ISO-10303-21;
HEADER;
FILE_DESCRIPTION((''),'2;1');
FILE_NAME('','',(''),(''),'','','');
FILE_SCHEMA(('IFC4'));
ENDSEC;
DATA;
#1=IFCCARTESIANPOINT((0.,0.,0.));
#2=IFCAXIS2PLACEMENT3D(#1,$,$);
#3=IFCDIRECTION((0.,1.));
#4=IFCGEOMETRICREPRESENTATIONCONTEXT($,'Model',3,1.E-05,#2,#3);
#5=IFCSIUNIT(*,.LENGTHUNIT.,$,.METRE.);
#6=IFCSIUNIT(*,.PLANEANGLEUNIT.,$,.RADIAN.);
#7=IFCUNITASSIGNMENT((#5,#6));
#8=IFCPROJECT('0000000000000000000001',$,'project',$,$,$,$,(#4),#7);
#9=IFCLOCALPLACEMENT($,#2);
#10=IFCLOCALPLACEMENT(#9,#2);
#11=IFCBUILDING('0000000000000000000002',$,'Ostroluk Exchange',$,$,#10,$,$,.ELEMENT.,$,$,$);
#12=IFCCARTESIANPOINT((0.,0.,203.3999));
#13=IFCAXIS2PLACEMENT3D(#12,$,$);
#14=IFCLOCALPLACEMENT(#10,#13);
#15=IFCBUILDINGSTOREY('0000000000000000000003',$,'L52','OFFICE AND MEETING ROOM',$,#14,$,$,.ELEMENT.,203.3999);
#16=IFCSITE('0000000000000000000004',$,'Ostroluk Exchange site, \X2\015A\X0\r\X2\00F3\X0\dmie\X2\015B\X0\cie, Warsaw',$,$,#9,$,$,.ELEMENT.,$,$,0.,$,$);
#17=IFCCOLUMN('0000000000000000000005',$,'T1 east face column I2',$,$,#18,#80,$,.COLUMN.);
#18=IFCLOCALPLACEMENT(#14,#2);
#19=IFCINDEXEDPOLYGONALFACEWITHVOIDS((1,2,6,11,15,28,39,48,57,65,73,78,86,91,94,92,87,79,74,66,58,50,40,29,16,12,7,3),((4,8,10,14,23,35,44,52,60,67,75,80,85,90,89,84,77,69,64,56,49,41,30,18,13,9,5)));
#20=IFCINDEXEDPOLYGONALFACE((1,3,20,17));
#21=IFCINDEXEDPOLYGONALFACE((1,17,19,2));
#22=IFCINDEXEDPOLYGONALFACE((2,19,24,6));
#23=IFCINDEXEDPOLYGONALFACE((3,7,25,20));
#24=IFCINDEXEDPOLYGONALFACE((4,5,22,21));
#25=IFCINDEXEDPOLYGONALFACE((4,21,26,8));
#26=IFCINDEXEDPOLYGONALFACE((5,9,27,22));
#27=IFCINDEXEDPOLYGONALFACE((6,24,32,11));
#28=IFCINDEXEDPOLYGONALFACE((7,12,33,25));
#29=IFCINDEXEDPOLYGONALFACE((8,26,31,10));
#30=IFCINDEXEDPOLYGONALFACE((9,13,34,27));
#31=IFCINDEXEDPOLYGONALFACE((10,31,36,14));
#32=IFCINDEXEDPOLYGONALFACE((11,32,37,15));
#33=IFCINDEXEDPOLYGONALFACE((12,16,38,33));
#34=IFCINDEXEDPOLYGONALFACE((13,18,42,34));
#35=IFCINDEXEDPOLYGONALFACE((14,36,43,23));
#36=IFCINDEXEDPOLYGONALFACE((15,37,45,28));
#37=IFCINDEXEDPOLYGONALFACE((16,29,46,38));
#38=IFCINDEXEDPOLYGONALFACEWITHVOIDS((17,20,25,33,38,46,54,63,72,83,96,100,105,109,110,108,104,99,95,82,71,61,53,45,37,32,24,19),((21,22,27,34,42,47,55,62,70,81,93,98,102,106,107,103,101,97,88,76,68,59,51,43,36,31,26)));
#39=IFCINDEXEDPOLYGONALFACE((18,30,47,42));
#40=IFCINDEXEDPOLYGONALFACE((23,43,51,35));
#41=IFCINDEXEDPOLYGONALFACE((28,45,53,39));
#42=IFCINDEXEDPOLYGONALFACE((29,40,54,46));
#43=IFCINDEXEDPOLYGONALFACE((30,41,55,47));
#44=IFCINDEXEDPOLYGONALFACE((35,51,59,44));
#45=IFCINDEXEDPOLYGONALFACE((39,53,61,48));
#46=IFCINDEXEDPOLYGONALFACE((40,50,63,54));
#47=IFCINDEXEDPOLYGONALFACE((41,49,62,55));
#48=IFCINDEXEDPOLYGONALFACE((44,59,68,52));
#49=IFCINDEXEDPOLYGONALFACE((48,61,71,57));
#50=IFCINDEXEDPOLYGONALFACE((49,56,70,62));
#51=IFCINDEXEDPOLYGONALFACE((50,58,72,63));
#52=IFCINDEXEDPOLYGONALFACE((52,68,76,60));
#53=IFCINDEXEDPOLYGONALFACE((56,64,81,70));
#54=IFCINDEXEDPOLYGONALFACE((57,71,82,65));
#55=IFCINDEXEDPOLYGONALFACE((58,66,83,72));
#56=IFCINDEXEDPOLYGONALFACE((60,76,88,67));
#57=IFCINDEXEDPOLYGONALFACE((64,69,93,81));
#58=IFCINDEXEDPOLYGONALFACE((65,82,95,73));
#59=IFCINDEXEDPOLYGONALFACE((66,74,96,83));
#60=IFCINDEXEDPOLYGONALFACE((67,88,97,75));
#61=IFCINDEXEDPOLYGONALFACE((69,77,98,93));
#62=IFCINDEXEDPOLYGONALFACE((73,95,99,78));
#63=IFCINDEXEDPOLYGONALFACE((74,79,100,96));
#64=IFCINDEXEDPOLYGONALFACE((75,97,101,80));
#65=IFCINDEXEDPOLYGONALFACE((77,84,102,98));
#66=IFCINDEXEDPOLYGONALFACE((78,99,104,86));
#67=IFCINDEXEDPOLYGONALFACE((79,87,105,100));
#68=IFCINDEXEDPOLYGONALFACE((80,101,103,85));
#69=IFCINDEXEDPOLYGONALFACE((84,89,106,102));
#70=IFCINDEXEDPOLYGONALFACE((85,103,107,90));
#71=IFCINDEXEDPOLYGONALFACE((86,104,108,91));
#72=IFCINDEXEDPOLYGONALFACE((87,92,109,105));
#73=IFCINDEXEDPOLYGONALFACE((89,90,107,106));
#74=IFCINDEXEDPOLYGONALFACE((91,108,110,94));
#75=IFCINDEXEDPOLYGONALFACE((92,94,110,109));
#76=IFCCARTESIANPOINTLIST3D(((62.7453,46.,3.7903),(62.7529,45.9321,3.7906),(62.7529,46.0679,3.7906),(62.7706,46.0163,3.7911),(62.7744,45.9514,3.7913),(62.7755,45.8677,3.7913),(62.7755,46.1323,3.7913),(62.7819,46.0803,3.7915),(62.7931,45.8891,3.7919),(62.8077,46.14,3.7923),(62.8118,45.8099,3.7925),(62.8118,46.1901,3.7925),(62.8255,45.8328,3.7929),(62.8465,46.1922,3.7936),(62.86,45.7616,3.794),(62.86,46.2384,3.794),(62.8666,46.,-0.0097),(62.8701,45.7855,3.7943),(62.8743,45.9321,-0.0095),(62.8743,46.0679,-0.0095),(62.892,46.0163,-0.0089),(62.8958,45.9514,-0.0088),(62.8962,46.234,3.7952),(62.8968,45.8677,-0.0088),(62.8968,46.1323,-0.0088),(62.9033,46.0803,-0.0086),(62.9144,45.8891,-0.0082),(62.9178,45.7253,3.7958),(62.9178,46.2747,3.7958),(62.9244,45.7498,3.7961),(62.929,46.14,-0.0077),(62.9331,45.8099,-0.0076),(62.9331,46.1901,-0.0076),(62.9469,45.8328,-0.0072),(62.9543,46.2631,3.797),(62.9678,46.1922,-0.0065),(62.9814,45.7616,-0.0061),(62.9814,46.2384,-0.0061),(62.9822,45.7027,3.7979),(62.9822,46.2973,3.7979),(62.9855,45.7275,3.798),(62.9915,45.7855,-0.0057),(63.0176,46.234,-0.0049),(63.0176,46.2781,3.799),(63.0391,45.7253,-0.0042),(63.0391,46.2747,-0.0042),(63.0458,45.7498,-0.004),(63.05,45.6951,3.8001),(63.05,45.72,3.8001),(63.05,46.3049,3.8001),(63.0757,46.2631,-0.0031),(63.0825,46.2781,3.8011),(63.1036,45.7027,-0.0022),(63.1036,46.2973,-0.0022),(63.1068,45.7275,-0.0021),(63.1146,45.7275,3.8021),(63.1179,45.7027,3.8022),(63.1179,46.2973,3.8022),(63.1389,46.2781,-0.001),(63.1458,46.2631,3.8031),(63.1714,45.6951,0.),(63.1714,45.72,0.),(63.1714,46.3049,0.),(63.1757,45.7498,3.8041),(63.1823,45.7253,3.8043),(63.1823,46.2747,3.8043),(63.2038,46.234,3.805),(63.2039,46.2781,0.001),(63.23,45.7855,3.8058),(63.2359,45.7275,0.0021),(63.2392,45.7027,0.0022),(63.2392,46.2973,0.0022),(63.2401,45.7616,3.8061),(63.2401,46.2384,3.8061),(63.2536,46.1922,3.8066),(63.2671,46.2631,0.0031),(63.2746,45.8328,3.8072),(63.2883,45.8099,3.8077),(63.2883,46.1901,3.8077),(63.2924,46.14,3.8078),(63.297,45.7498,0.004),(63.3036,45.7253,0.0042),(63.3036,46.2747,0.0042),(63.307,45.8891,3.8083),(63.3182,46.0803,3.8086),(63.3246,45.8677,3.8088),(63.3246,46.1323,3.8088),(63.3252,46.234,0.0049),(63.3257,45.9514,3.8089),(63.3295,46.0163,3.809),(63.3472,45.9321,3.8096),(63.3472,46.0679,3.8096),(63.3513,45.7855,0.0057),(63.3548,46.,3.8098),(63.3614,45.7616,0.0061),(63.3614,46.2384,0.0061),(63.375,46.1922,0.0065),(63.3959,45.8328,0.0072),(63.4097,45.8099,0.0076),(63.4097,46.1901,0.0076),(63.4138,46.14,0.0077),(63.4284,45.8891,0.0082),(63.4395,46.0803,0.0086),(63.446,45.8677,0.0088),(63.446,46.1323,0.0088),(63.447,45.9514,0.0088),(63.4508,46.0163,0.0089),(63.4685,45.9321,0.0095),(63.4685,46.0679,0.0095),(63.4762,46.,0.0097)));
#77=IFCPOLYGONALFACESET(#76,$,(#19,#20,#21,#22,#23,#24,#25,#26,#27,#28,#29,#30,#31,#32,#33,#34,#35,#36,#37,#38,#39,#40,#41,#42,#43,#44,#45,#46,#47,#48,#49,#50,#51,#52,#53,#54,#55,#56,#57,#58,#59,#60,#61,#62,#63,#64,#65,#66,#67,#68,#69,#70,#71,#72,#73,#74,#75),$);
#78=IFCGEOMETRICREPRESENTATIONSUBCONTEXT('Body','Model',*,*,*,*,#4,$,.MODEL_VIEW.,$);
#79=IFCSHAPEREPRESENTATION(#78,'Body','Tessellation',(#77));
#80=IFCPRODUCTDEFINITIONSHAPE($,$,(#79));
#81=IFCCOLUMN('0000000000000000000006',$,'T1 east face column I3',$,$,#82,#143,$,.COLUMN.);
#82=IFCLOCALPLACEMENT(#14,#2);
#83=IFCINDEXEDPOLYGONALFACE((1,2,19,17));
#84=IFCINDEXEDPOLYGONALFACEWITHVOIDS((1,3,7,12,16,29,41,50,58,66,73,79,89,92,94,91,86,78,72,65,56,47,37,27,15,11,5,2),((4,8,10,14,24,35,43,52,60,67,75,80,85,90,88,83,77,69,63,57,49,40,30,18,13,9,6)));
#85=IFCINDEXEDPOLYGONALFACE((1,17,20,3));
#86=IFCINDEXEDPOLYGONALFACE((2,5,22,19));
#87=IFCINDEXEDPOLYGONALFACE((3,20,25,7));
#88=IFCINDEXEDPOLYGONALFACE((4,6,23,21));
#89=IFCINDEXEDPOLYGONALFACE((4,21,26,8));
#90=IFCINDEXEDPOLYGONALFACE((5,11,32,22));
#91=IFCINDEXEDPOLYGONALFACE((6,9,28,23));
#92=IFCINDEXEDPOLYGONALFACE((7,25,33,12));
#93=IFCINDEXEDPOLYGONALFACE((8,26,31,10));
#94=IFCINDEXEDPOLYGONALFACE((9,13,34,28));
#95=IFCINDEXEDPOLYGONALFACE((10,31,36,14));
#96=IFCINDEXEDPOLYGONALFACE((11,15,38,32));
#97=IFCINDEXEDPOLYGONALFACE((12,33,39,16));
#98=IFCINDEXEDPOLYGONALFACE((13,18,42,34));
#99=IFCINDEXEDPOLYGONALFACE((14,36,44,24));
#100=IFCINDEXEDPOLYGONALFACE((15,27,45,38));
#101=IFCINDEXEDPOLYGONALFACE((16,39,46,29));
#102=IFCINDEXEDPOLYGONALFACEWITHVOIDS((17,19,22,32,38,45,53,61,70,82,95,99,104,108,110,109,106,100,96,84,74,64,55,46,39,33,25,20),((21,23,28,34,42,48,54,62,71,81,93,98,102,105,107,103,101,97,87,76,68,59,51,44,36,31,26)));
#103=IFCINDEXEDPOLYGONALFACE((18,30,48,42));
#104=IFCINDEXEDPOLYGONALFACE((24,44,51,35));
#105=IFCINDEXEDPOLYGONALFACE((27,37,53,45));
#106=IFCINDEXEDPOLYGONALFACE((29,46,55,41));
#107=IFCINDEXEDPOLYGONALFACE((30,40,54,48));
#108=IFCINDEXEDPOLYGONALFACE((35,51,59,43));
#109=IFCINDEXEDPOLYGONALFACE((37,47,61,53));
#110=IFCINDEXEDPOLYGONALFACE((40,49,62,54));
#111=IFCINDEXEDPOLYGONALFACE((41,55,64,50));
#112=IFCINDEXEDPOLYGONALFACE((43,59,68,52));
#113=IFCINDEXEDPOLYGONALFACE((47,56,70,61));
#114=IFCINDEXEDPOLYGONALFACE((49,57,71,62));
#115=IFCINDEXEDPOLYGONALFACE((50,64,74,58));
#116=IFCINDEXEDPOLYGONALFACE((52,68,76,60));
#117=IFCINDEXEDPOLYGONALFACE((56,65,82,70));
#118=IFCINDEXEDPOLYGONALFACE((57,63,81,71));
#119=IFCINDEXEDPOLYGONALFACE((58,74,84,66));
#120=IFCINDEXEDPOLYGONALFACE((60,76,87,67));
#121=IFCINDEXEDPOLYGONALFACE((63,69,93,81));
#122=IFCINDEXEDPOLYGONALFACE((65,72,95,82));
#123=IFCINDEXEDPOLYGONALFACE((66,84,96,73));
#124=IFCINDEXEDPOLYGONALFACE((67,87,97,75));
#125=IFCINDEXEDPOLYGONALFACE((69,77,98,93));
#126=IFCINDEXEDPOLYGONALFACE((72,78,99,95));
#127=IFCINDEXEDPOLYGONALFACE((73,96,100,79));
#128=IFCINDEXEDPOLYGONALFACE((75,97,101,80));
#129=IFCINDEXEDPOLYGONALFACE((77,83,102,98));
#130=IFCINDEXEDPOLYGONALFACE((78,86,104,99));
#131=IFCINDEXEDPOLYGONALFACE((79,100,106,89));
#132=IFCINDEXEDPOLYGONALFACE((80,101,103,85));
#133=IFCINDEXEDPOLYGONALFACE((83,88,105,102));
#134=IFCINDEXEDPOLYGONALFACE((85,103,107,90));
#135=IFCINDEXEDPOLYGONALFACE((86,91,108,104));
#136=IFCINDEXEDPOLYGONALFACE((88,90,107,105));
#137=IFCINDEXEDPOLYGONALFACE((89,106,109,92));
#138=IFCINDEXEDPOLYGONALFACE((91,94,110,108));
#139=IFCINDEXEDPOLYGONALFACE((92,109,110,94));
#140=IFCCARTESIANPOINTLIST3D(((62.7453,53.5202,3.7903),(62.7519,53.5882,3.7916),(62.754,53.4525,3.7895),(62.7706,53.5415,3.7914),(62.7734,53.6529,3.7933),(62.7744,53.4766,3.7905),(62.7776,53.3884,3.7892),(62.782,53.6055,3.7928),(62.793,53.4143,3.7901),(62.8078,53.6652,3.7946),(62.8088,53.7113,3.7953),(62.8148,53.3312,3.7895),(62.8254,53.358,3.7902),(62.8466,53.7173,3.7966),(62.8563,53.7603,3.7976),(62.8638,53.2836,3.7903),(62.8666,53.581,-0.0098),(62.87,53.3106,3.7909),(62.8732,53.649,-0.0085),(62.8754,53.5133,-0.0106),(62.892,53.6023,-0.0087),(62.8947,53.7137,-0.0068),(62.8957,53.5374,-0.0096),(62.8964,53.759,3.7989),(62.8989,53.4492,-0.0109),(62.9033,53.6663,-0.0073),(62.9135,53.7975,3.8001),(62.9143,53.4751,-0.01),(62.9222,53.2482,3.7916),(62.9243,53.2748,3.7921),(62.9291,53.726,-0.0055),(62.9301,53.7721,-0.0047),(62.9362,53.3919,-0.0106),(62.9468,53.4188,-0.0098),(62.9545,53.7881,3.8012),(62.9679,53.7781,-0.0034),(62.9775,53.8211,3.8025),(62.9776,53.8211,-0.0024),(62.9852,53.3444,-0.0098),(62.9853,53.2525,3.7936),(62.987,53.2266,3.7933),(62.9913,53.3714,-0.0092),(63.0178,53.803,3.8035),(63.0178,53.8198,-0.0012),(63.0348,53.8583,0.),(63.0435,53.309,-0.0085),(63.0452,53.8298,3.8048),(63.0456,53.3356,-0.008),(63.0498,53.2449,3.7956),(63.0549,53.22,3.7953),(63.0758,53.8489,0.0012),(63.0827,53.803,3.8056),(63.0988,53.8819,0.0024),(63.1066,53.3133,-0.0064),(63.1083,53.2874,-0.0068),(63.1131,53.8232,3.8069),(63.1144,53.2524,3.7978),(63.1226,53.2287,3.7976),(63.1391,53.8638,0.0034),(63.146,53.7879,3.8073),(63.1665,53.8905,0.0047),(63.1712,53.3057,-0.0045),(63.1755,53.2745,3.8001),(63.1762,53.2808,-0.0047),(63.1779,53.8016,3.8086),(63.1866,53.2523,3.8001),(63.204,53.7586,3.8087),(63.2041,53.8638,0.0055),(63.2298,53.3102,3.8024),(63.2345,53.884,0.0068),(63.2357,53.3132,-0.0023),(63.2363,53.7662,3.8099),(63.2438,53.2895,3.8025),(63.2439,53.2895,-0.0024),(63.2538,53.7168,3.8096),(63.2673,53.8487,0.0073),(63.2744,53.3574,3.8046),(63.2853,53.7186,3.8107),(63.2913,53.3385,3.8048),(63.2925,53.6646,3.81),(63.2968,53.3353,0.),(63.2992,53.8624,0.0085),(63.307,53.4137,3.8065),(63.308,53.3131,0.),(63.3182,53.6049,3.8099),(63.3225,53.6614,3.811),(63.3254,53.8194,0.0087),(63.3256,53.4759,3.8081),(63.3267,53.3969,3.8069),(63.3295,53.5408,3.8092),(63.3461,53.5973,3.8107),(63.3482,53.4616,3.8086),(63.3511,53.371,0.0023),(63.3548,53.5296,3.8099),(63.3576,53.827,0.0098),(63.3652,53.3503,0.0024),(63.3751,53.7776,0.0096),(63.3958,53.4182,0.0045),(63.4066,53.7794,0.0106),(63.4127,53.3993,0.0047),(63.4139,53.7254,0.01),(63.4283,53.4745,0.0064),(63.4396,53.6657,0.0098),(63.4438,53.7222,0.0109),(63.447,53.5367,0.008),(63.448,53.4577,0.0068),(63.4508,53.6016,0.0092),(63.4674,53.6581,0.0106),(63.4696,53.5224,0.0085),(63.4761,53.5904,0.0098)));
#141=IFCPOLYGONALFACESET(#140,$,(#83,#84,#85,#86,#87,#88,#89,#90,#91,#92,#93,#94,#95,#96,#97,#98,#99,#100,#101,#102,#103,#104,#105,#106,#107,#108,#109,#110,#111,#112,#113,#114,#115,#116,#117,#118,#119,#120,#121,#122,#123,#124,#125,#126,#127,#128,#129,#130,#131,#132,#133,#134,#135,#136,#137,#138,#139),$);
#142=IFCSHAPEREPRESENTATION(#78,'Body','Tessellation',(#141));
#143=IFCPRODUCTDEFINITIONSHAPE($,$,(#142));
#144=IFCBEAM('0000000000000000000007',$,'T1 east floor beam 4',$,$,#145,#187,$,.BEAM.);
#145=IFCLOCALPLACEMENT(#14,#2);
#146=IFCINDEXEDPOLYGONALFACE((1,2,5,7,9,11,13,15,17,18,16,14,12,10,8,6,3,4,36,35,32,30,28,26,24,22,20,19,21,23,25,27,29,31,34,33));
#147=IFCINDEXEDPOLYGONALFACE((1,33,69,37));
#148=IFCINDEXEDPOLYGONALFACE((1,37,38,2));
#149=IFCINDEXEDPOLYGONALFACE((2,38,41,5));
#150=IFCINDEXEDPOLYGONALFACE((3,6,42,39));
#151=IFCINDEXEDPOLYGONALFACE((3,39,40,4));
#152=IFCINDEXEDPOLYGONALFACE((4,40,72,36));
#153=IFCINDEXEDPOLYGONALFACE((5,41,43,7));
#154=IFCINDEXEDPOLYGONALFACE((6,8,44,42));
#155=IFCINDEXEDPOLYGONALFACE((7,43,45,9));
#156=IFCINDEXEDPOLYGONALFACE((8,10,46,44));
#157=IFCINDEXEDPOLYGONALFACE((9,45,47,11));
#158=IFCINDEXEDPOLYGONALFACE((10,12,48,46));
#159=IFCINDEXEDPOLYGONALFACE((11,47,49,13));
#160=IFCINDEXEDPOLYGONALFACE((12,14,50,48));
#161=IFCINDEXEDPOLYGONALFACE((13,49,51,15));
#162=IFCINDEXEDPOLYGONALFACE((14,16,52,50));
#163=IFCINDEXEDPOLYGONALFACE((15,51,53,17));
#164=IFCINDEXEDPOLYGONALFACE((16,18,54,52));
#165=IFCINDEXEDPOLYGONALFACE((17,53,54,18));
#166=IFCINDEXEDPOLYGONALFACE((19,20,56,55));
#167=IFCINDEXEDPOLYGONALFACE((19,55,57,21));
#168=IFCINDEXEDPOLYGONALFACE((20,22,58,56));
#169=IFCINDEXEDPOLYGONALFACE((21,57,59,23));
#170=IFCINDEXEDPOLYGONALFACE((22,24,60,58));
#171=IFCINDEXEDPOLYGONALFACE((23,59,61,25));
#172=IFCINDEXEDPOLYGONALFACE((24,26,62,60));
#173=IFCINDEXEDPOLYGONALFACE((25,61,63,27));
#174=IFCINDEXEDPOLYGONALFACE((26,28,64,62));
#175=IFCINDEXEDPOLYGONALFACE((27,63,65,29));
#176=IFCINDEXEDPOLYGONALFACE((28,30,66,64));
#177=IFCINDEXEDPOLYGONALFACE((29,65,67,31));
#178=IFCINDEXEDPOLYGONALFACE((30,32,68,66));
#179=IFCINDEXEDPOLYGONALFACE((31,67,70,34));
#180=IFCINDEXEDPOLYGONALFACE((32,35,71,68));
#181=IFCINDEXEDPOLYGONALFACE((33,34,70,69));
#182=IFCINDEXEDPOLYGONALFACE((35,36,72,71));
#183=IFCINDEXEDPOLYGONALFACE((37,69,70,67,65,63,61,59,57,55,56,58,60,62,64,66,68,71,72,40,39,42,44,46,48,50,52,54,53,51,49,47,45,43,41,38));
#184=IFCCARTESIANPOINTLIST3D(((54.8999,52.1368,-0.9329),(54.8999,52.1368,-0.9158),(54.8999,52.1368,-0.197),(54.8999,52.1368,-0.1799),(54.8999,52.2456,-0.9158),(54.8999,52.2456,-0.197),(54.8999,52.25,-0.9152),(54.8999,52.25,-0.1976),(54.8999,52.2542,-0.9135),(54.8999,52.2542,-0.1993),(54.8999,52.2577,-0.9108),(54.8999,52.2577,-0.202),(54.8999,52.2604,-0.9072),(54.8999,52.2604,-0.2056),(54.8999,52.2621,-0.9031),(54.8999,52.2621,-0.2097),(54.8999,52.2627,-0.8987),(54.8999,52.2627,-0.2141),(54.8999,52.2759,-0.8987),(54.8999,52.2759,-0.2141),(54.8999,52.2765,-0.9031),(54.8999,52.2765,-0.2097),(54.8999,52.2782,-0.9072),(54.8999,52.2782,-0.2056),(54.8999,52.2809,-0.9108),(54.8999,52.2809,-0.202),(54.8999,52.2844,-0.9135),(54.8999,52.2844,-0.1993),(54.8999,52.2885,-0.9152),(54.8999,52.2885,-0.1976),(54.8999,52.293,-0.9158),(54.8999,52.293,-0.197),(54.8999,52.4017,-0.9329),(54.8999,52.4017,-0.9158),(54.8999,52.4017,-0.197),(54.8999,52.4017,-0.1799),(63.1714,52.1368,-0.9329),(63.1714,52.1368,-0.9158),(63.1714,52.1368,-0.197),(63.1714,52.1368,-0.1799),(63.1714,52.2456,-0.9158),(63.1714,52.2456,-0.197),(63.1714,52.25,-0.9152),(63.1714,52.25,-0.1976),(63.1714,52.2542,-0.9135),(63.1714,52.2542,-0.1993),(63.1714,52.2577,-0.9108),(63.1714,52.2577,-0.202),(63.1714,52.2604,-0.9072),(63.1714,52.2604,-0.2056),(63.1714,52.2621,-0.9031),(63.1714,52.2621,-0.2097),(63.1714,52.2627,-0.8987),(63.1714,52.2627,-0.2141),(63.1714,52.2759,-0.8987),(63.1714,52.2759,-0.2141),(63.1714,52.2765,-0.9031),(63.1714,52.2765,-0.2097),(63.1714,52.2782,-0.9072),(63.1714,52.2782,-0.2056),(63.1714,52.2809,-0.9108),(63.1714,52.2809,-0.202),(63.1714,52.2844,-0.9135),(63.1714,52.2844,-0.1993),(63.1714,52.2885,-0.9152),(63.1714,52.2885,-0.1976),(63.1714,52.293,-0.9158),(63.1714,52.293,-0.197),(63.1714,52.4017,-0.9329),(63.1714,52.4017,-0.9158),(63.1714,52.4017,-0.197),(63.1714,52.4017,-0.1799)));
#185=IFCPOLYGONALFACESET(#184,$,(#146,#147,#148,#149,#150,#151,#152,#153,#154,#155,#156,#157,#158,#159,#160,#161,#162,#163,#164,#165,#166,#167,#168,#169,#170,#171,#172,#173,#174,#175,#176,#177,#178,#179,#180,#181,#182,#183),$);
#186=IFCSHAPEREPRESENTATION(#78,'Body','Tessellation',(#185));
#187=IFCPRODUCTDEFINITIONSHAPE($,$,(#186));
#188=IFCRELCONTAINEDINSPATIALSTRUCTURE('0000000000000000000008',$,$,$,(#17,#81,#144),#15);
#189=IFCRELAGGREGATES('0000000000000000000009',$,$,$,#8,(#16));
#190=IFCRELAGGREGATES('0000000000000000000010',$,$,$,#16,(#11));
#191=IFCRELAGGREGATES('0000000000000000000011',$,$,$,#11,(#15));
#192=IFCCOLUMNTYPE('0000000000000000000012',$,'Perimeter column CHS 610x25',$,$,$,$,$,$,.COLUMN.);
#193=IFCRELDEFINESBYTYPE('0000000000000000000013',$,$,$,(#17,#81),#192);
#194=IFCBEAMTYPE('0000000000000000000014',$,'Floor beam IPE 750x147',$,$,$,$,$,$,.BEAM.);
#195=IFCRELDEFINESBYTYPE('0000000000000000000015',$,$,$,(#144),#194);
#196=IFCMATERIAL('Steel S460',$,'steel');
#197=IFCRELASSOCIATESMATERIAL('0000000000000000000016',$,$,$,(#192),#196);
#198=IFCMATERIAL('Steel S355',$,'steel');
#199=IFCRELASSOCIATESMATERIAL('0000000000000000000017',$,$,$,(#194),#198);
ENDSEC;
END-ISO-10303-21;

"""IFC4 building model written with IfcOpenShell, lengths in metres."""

from ifc_helpers import new_model, si_unit, direction, frame, origin, origin_2d, place, context, subcontext, project, spatial, hollow_circle, i_section, extrude, material, material_profile, profile_set, type_object, element, save


model = new_model("IFC4")

# Units and contexts
model_context = context("Model", 3, precision=1e-05, world=origin(), true_north=direction((0.0, 1.0)))
body_context = subcontext(model_context, "Body", "Model", "MODEL_VIEW")
ifc_project = project(units=[si_unit("LENGTHUNIT", "METRE"), si_unit("PLANEANGLEUNIT", "RADIAN")], contexts=[model_context])

# Site, building, storey
site_placement = place(None, origin())
site = spatial("IfcSite", under=ifc_project, at=site_placement, Name="Ostroluk Exchange site, Śródmieście, Warsaw", CompositionType="ELEMENT", RefElevation=0.0)
building_placement = place(site_placement, origin())
building = spatial("IfcBuilding", under=site, at=building_placement, Name="Ostroluk Exchange", CompositionType="ELEMENT")
storey_placement = place(building_placement, frame((0.0, 0.0, 203.3999)))
storey = spatial("IfcBuildingStorey", under=building, at=storey_placement, Name="L52", Description="OFFICE AND MEETING ROOM", CompositionType="ELEMENT", Elevation=203.3999)

# Columns
ifc_material_1 = material(Name="Steel S460", Category="steel")
ifc_material_profile_1 = material_profile(ifc_material_1, hollow_circle(Radius=0.3049, WallThickness=0.0249, at=origin_2d()), Name="CHS 610x25")
ifc_profile_set_1 = profile_set([ifc_material_profile_1], Name="Steel S460")
column_type = type_object("IfcColumnType", Name="Perimeter column CHS 610x25", PredefinedType="COLUMN", material=ifc_profile_set_1)
column_1_placement = place(storey_placement, frame((63.1714, 46.0, 0.0), z_axis=(-0.031914, 0.0, 0.999491), x_axis=(0.0, -1.0, 0.0)))
element("IfcColumn", 1, at=column_1_placement, inside=storey, type_object=column_type, Name="T1 east face column I2", PredefinedType="COLUMN", context=body_context, shape_type="SweptSolid", body=[
    extrude(hollow_circle(Radius=0.3049, WallThickness=0.0249, at=origin_2d()), origin(), (0.0, 0.0, 1.0), 3.802),
])
column_2_placement = place(storey_placement, frame((63.1714, 53.5857, 0.0), z_axis=(-0.03191, -0.015987, 0.999363), x_axis=(0.447933, -0.894067, 0.0)))
element("IfcColumn", 2, at=column_2_placement, inside=storey, type_object=column_type, Name="T1 east face column I3", PredefinedType="COLUMN", context=body_context, shape_type="SweptSolid", body=[
    extrude(hollow_circle(Radius=0.3049, WallThickness=0.0249, at=origin_2d()), origin(), (0.0, 0.0, 1.0), 3.8025),
])

# Beam
ifc_material_2 = material(Name="Steel S355", Category="steel")
ifc_material_profile_2 = material_profile(ifc_material_2, i_section(OverallWidth=0.2649, OverallDepth=0.7529, WebThickness=0.0132, FlangeThickness=0.0171, FilletRadius=0.0171, at=origin_2d()), Name="IPE 750x147")
ifc_profile_set_2 = profile_set([ifc_material_profile_2], Name="Steel S355")
beam_type_1 = type_object("IfcBeamType", Name="Floor beam IPE 750x147", PredefinedType="BEAM", material=ifc_profile_set_2)
beam_placement = place(storey_placement, frame((54.8999, 52.2693, -0.5564), z_axis=(1.0, 0.0, 0.0), x_axis=(0.0, 1.0, 0.0)))
element("IfcBeam", 3, at=beam_placement, inside=storey, type_object=beam_type_1, Name="T1 east floor beam 4", PredefinedType="BEAM", context=body_context, shape_type="SweptSolid", body=[
    extrude(i_section(OverallWidth=0.2649, OverallDepth=0.7529, WebThickness=0.0132, FlangeThickness=0.0171, FilletRadius=0.0171, at=origin_2d()), origin(), (0.0, 0.0, 1.0), 8.2715),
])

save(model, "model.ifc")
